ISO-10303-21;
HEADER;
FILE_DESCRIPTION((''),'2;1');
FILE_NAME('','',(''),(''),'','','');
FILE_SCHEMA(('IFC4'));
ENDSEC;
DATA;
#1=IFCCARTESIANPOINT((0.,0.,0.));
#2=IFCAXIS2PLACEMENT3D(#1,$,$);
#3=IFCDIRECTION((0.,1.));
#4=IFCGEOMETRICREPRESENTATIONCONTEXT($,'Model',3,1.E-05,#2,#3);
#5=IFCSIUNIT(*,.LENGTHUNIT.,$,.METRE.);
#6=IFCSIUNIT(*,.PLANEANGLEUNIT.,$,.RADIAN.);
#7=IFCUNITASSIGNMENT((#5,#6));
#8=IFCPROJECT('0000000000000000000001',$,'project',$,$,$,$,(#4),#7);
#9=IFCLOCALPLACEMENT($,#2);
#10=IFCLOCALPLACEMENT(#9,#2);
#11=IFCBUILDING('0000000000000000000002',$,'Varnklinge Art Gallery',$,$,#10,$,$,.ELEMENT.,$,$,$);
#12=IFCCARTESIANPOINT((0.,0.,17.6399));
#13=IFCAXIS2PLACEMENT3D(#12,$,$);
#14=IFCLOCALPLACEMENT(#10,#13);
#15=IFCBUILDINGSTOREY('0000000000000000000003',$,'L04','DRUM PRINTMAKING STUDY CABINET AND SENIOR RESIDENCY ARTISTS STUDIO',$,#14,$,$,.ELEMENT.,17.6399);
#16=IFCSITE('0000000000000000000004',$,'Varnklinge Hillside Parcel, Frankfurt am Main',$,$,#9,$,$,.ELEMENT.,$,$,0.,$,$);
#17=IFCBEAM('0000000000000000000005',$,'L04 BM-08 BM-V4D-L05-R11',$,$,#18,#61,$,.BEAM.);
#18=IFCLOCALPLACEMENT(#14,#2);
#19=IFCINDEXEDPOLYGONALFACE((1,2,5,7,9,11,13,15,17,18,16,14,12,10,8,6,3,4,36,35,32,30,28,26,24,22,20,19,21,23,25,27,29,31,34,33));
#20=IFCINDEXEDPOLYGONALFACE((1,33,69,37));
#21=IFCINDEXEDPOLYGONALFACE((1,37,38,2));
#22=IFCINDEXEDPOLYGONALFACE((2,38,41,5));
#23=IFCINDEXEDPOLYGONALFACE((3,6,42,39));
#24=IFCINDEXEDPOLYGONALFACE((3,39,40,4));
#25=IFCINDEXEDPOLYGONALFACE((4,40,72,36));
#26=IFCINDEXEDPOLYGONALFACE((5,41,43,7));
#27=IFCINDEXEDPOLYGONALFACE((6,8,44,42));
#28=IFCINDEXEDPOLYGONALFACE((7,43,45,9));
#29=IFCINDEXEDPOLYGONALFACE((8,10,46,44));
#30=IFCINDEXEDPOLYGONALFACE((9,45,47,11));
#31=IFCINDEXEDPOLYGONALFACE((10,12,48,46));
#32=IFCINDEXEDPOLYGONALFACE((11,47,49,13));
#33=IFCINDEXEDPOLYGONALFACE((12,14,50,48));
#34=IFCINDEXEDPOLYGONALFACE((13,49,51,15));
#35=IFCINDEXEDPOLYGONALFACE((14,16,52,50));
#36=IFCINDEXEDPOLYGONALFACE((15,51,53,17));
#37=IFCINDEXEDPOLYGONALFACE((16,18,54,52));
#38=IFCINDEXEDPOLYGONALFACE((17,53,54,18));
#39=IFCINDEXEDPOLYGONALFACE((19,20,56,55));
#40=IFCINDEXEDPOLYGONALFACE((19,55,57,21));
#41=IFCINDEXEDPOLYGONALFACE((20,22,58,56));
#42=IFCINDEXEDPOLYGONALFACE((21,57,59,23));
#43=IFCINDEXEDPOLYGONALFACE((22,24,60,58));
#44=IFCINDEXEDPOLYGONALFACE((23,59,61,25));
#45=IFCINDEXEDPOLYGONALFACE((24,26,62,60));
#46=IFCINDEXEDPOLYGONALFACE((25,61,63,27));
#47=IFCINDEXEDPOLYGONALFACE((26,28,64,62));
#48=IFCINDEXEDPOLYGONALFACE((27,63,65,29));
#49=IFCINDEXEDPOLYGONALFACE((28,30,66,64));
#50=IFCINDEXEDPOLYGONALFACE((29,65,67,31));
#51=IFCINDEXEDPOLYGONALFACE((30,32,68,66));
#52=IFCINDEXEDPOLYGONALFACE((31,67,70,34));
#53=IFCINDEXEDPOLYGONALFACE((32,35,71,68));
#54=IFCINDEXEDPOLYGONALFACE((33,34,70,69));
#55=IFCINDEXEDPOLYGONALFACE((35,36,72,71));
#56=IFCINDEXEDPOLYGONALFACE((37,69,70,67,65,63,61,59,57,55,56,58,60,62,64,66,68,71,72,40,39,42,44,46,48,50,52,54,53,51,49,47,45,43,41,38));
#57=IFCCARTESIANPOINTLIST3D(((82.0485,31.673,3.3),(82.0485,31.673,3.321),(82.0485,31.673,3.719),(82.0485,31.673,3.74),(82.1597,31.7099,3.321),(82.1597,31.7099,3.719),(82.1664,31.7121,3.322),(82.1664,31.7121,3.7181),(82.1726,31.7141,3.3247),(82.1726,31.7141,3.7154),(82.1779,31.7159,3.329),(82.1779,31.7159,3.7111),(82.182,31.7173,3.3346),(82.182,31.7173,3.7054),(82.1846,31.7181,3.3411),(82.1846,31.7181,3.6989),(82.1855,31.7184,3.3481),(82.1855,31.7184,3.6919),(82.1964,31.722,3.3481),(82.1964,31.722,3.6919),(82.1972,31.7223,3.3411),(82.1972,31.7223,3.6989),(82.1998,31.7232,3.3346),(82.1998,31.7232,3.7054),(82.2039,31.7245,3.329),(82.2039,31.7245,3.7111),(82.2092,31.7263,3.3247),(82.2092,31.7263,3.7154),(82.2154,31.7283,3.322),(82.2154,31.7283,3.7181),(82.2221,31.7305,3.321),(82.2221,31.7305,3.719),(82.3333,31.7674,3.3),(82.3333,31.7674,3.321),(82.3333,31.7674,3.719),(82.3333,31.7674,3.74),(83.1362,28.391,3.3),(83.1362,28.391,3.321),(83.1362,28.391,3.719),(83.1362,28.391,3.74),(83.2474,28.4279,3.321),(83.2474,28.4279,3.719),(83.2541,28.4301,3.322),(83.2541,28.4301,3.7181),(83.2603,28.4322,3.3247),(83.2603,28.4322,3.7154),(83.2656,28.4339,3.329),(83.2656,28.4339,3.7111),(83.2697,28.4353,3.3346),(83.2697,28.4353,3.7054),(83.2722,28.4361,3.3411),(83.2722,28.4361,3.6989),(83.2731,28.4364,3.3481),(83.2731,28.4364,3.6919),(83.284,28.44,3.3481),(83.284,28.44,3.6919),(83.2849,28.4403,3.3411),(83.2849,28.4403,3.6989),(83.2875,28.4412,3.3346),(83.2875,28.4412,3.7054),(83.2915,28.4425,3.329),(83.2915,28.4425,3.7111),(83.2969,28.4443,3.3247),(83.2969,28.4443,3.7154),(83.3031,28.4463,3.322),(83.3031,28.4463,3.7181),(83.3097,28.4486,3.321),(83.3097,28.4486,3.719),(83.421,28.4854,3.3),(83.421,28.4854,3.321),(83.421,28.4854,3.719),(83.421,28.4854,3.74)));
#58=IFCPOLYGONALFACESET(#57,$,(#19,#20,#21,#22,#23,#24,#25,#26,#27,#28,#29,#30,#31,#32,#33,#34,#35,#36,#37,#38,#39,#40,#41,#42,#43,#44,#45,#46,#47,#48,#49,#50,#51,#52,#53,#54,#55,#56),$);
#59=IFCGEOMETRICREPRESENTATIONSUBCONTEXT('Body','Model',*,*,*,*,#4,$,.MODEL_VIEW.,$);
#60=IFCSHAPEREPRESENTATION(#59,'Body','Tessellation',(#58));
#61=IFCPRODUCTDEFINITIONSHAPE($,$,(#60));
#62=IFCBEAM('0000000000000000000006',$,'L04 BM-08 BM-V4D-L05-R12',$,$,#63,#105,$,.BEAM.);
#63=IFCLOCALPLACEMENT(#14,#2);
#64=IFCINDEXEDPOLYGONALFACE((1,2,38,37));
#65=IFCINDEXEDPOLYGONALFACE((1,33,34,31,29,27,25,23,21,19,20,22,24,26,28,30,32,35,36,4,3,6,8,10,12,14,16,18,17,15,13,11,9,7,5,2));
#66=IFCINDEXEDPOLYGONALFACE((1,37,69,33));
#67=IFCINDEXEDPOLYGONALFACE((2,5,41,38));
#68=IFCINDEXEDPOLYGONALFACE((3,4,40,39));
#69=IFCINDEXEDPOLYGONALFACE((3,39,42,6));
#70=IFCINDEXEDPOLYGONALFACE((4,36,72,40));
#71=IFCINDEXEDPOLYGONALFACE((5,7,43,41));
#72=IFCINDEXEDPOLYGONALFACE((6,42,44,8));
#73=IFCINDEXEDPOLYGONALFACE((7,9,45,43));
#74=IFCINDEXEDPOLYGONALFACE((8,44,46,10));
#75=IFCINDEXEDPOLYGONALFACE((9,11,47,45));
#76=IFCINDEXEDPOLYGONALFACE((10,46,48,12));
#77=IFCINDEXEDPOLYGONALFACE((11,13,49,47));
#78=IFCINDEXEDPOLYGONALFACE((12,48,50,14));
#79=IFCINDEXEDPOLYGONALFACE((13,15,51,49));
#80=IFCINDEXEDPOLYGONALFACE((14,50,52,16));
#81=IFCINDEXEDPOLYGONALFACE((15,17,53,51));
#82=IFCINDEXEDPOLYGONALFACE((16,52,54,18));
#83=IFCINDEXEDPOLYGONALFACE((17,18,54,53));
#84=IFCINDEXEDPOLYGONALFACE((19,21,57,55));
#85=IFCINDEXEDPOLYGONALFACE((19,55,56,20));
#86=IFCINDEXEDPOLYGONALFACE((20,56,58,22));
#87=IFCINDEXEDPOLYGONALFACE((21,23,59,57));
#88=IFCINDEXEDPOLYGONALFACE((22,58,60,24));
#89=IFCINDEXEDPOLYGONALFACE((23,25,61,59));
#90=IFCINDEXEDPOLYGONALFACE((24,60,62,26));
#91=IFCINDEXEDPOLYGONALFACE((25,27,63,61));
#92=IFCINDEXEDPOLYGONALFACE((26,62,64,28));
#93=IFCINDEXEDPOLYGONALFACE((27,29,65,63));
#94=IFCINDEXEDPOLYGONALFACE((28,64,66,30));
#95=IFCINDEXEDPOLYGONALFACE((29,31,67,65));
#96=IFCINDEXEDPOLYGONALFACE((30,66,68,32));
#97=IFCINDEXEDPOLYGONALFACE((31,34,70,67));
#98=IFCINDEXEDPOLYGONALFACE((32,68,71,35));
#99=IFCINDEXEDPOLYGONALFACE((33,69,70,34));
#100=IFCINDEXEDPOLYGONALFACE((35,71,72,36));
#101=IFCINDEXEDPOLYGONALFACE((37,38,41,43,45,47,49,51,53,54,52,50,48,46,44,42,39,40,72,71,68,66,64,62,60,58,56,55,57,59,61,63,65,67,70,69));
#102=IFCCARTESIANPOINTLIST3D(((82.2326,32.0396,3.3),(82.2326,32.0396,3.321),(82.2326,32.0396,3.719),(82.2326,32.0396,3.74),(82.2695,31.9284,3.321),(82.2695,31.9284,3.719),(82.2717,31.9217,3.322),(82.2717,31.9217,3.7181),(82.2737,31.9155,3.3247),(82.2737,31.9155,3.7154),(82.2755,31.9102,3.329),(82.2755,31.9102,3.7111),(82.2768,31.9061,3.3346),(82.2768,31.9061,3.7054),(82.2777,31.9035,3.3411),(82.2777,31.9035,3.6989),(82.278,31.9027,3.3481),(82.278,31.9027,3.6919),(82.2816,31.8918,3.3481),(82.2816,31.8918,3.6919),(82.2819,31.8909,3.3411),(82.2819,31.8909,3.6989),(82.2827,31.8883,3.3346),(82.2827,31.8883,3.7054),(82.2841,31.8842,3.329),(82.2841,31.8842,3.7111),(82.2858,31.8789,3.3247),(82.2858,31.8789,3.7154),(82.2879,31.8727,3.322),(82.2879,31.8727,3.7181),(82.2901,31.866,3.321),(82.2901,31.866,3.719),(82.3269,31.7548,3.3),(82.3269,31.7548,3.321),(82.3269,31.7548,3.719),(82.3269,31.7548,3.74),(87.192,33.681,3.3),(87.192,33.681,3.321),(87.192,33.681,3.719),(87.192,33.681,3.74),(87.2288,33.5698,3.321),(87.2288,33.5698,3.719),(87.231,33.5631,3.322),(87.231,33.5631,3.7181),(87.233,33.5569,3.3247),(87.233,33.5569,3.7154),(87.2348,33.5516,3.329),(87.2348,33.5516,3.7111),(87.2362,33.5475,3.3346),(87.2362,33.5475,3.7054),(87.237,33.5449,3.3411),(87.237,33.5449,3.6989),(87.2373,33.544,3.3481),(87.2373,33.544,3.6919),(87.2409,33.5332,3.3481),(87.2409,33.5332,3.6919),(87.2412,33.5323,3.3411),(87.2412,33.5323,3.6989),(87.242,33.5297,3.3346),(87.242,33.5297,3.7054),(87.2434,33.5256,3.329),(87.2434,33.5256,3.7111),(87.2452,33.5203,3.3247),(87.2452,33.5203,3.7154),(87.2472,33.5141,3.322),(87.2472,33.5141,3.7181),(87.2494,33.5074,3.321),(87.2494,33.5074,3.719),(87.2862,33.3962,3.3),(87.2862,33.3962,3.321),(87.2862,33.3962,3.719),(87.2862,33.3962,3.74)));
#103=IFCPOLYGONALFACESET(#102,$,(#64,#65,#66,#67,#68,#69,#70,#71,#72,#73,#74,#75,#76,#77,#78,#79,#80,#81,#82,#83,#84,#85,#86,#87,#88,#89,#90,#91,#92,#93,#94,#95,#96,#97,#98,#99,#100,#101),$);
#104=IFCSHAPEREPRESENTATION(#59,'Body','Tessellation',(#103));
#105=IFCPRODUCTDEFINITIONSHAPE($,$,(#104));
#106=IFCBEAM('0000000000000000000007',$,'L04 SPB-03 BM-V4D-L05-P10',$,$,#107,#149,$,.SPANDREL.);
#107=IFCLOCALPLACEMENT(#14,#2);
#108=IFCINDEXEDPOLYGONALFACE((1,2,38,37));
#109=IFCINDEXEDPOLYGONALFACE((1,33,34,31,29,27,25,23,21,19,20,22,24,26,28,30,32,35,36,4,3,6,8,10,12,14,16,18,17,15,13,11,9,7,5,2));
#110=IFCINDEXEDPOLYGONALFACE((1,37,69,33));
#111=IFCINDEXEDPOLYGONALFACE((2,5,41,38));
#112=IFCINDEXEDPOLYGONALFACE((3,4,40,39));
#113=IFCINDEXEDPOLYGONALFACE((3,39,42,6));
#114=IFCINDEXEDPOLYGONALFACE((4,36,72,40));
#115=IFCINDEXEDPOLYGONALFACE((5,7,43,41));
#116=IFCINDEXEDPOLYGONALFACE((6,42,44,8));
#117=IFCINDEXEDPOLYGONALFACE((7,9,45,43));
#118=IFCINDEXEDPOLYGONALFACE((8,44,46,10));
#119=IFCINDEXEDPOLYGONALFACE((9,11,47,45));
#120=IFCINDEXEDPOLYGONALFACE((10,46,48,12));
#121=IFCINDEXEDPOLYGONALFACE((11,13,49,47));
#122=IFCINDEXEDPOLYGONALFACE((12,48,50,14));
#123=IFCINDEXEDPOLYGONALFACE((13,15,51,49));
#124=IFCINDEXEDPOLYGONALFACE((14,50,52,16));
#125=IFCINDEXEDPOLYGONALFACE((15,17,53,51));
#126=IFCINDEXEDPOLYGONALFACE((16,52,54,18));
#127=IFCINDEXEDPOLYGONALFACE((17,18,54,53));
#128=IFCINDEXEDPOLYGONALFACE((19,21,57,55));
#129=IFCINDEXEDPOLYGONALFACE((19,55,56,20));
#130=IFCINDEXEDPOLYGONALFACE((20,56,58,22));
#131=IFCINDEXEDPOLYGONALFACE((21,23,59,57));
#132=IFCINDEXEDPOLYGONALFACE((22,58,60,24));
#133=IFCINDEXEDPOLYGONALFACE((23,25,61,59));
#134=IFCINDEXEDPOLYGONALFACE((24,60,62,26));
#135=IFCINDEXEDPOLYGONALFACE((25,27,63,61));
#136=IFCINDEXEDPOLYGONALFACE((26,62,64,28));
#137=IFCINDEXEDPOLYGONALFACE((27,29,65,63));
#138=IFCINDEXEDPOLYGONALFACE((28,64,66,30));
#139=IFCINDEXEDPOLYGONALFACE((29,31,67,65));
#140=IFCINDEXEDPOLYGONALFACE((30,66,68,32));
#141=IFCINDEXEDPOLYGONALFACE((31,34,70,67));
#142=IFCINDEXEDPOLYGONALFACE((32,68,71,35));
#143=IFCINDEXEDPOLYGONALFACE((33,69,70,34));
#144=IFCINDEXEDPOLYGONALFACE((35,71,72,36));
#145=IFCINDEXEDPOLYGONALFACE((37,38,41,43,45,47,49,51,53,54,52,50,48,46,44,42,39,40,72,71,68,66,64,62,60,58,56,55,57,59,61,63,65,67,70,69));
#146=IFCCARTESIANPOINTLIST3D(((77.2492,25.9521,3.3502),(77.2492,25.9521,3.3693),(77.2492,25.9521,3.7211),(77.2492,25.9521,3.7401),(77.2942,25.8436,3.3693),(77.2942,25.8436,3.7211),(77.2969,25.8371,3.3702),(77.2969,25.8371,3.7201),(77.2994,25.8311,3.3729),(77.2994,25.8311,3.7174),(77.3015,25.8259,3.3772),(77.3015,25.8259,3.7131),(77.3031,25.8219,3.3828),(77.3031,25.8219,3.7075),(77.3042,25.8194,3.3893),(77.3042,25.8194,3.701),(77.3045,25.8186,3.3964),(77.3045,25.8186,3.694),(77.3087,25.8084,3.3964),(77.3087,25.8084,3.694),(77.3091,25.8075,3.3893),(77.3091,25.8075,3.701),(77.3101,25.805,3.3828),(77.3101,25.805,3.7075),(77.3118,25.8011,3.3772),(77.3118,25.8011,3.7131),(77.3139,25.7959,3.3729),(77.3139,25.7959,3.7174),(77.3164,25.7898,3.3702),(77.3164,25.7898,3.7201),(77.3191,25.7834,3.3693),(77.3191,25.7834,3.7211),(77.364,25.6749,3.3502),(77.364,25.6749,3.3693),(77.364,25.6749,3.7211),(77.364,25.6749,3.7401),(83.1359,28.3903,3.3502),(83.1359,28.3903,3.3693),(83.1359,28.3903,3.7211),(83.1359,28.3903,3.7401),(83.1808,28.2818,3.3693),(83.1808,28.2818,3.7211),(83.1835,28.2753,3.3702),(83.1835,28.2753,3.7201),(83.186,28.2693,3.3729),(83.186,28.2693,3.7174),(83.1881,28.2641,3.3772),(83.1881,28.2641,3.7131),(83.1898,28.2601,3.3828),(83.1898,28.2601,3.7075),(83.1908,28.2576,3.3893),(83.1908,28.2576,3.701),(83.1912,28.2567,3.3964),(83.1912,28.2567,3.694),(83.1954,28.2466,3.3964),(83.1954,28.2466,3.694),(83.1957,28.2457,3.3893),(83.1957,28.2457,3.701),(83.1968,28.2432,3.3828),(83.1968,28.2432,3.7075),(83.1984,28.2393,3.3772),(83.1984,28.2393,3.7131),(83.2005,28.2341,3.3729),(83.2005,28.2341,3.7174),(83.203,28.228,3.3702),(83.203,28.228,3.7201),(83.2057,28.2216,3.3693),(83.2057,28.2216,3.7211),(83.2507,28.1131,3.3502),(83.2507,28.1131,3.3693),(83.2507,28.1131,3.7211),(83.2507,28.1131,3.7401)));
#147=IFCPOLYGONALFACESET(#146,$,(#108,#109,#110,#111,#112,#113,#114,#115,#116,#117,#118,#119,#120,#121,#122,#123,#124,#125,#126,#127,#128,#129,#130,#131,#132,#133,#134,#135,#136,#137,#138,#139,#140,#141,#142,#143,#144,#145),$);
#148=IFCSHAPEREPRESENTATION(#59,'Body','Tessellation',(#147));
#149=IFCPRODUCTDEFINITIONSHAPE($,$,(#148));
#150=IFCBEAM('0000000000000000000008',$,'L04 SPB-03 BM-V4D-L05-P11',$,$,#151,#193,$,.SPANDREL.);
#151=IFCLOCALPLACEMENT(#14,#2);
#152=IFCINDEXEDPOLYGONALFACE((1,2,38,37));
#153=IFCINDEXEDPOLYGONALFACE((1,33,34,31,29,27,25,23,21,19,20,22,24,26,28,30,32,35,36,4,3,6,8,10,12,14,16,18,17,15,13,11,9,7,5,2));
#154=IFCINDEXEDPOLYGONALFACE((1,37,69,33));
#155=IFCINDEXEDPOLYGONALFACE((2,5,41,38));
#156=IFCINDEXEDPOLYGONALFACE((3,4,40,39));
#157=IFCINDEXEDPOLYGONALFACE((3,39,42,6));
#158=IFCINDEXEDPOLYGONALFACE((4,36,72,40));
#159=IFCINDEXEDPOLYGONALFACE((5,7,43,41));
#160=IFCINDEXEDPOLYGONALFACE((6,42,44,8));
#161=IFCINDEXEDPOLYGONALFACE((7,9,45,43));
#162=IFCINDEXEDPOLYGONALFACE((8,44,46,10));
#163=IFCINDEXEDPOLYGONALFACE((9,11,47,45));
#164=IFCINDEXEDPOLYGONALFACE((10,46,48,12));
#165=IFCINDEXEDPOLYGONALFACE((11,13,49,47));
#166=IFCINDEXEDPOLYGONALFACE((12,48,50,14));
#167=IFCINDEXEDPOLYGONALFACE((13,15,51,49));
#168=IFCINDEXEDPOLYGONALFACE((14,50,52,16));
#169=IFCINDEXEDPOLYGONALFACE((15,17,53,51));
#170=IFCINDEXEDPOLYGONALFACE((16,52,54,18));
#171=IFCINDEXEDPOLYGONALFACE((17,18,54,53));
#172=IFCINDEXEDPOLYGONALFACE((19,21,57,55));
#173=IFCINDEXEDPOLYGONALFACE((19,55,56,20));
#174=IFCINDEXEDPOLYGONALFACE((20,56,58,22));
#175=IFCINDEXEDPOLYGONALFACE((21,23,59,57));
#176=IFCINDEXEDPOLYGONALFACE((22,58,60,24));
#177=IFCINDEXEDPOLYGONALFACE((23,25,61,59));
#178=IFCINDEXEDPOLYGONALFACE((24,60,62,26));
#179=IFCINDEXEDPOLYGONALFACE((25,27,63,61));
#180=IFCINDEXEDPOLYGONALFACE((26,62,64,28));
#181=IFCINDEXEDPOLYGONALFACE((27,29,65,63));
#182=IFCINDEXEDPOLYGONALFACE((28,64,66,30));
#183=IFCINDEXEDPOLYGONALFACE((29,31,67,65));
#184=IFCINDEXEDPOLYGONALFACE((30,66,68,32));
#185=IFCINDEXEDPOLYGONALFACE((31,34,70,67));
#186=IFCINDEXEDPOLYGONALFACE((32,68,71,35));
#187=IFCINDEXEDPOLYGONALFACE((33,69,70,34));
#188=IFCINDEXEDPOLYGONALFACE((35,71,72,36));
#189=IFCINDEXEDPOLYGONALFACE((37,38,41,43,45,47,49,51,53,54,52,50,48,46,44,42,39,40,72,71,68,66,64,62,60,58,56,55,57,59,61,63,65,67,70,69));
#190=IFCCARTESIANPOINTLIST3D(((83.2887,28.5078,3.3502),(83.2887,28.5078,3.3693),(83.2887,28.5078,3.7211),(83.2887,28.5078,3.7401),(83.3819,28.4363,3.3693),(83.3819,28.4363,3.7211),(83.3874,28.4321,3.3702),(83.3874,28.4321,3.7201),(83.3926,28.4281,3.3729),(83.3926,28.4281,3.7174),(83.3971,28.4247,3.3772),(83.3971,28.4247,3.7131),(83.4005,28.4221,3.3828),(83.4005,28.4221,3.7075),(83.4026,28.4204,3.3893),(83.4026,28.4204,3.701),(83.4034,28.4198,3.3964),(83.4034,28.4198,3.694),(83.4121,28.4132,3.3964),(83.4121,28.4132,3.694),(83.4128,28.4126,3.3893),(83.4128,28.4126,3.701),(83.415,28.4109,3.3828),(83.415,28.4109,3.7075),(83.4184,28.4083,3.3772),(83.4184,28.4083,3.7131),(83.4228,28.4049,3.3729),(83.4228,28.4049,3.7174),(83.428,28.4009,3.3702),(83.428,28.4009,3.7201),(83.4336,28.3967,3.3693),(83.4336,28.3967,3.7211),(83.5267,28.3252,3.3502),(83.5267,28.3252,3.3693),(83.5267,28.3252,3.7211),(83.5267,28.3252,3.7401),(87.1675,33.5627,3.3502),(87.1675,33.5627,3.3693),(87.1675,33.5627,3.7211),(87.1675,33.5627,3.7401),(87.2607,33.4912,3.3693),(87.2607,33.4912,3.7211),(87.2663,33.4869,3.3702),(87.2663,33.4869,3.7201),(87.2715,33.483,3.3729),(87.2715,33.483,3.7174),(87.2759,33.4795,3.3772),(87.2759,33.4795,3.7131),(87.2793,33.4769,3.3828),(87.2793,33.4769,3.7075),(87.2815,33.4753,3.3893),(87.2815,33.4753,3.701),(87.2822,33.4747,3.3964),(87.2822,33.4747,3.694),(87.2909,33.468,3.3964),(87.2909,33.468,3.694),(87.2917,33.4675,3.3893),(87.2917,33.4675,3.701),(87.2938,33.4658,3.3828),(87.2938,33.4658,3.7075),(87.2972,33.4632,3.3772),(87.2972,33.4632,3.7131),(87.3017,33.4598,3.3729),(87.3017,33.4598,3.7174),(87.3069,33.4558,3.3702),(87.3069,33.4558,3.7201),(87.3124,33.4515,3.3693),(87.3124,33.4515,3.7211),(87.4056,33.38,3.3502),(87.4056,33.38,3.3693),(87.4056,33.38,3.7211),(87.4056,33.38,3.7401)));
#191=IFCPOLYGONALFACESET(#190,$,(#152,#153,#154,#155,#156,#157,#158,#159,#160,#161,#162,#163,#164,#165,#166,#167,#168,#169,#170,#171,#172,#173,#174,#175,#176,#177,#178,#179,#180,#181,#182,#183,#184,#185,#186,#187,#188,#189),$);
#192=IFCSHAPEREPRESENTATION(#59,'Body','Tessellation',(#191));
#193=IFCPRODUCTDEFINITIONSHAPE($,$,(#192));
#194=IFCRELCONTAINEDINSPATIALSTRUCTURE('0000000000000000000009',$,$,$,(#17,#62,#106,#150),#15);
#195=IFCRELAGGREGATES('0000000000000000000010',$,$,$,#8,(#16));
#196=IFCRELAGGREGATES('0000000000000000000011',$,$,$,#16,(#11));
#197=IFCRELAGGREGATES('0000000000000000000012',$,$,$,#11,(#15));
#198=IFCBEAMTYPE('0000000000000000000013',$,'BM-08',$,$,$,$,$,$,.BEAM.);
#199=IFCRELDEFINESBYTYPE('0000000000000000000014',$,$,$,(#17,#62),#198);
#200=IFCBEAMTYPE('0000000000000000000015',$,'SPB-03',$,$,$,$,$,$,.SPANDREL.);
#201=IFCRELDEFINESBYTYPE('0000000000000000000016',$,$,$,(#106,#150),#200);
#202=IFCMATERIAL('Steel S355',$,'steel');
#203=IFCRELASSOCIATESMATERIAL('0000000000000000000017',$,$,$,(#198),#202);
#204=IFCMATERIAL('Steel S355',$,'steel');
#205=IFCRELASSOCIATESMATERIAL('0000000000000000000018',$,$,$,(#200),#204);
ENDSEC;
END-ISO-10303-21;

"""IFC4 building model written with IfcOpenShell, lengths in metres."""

from ifc_helpers import new_model, si_unit, direction, frame, origin, origin_2d, place, context, subcontext, project, spatial, i_section, extrude, material, material_profile, profile_set, type_object, element, save


model = new_model("IFC4")

# Units and contexts
model_context = context("Model", 3, precision=1e-05, world=origin(), true_north=direction((0.0, 1.0)))
body_context = subcontext(model_context, "Body", "Model", "MODEL_VIEW")
ifc_project = project(units=[si_unit("LENGTHUNIT", "METRE"), si_unit("PLANEANGLEUNIT", "RADIAN")], contexts=[model_context])

# Site, building, storey
site_placement = place(None, origin())
site = spatial("IfcSite", under=ifc_project, at=site_placement, Name="Varnklinge Hillside Parcel, Frankfurt am Main", CompositionType="ELEMENT", RefElevation=0.0)
building_placement = place(site_placement, origin())
building = spatial("IfcBuilding", under=site, at=building_placement, Name="Varnklinge Art Gallery", CompositionType="ELEMENT")
storey_placement = place(building_placement, frame((0.0, 0.0, 17.6399)))
storey = spatial("IfcBuildingStorey", under=building, at=storey_placement, Name="L04", Description="DRUM PRINTMAKING STUDY CABINET AND SENIOR RESIDENCY ARTISTS STUDIO", CompositionType="ELEMENT", Elevation=17.6399)

# Beams
ifc_material_1 = material(Name="Steel S355", Category="steel")
ifc_material_profile_1 = material_profile(ifc_material_1, i_section(OverallWidth=0.3, OverallDepth=0.4399, WebThickness=0.0115, FlangeThickness=0.021, FilletRadius=0.0271, at=origin_2d()), Name="HEA 450")
ifc_profile_set_1 = profile_set([ifc_material_profile_1], Name="Steel S355")
beam_type_1 = type_object("IfcBeamType", Name="BM-08", PredefinedType="BEAM", material=ifc_profile_set_1)
beam_1_placement = place(storey_placement, frame((82.1909, 31.7202, 3.52), z_axis=(0.314575, -0.949233, 0.0), x_axis=(0.949233, 0.314575, 0.0)))
element("IfcBeam", 1, at=beam_1_placement, inside=storey, type_object=beam_type_1, Name="L04 BM-08 BM-V4D-L05-R11", PredefinedType="BEAM", context=body_context, shape_type="SweptSolid", body=[
    extrude(i_section(OverallWidth=0.3, OverallDepth=0.4399, WebThickness=0.0115, FlangeThickness=0.021, FilletRadius=0.0271, at=origin_2d()), origin(), (0.0, 0.0, 1.0), 3.4575),
])
beam_2_placement = place(storey_placement, frame((82.2798, 31.8972, 3.52), z_axis=(0.949354, 0.314208, 0.0), x_axis=(-0.314208, 0.949354, 0.0)))
element("IfcBeam", 2, at=beam_2_placement, inside=storey, type_object=beam_type_1, Name="L04 BM-08 BM-V4D-L05-R12", PredefinedType="BEAM", context=body_context, shape_type="SweptSolid", body=[
    extrude(i_section(OverallWidth=0.3, OverallDepth=0.4399, WebThickness=0.0115, FlangeThickness=0.021, FilletRadius=0.0271, at=origin_2d()), origin(), (0.0, 0.0, 1.0), 5.2239),
])
ifc_material_2 = material(Name="Steel S355", Category="steel")
ifc_material_profile_2 = material_profile(ifc_material_2, i_section(OverallWidth=0.3, OverallDepth=0.3899, WebThickness=0.011, FlangeThickness=0.019, FilletRadius=0.0271, at=origin_2d()), Name="HEA 400")
ifc_profile_set_2 = profile_set([ifc_material_profile_2], Name="Steel S355")
beam_type_2 = type_object("IfcBeamType", Name="SPB-03", PredefinedType="SPANDREL", material=ifc_profile_set_2)
for number, where, z_axis, x_axis, name in (
    (3, (77.3066, 25.8135, 3.5452), (0.923887, 0.382667, 0.0), (-0.382667, 0.923887, 0.0), "L04 SPB-03 BM-V4D-L05-P10"),
    (4, (83.4077, 28.4165, 3.5452), (0.608773, 0.793344, 0.0), (-0.793344, 0.608773, 0.0), "L04 SPB-03 BM-V4D-L05-P11"),
):
    element("IfcBeam", number, at=place(storey_placement, frame(where, z_axis=z_axis, x_axis=x_axis)), inside=storey, type_object=beam_type_2, Name=name, PredefinedType="SPANDREL", context=body_context, shape_type="SweptSolid", body=[
        extrude(i_section(OverallWidth=0.3, OverallDepth=0.3899, WebThickness=0.011, FlangeThickness=0.019, FilletRadius=0.0271, at=origin_2d()), origin(), (0.0, 0.0, 1.0), 6.3716),
    ])

save(model, "model.ifc")
